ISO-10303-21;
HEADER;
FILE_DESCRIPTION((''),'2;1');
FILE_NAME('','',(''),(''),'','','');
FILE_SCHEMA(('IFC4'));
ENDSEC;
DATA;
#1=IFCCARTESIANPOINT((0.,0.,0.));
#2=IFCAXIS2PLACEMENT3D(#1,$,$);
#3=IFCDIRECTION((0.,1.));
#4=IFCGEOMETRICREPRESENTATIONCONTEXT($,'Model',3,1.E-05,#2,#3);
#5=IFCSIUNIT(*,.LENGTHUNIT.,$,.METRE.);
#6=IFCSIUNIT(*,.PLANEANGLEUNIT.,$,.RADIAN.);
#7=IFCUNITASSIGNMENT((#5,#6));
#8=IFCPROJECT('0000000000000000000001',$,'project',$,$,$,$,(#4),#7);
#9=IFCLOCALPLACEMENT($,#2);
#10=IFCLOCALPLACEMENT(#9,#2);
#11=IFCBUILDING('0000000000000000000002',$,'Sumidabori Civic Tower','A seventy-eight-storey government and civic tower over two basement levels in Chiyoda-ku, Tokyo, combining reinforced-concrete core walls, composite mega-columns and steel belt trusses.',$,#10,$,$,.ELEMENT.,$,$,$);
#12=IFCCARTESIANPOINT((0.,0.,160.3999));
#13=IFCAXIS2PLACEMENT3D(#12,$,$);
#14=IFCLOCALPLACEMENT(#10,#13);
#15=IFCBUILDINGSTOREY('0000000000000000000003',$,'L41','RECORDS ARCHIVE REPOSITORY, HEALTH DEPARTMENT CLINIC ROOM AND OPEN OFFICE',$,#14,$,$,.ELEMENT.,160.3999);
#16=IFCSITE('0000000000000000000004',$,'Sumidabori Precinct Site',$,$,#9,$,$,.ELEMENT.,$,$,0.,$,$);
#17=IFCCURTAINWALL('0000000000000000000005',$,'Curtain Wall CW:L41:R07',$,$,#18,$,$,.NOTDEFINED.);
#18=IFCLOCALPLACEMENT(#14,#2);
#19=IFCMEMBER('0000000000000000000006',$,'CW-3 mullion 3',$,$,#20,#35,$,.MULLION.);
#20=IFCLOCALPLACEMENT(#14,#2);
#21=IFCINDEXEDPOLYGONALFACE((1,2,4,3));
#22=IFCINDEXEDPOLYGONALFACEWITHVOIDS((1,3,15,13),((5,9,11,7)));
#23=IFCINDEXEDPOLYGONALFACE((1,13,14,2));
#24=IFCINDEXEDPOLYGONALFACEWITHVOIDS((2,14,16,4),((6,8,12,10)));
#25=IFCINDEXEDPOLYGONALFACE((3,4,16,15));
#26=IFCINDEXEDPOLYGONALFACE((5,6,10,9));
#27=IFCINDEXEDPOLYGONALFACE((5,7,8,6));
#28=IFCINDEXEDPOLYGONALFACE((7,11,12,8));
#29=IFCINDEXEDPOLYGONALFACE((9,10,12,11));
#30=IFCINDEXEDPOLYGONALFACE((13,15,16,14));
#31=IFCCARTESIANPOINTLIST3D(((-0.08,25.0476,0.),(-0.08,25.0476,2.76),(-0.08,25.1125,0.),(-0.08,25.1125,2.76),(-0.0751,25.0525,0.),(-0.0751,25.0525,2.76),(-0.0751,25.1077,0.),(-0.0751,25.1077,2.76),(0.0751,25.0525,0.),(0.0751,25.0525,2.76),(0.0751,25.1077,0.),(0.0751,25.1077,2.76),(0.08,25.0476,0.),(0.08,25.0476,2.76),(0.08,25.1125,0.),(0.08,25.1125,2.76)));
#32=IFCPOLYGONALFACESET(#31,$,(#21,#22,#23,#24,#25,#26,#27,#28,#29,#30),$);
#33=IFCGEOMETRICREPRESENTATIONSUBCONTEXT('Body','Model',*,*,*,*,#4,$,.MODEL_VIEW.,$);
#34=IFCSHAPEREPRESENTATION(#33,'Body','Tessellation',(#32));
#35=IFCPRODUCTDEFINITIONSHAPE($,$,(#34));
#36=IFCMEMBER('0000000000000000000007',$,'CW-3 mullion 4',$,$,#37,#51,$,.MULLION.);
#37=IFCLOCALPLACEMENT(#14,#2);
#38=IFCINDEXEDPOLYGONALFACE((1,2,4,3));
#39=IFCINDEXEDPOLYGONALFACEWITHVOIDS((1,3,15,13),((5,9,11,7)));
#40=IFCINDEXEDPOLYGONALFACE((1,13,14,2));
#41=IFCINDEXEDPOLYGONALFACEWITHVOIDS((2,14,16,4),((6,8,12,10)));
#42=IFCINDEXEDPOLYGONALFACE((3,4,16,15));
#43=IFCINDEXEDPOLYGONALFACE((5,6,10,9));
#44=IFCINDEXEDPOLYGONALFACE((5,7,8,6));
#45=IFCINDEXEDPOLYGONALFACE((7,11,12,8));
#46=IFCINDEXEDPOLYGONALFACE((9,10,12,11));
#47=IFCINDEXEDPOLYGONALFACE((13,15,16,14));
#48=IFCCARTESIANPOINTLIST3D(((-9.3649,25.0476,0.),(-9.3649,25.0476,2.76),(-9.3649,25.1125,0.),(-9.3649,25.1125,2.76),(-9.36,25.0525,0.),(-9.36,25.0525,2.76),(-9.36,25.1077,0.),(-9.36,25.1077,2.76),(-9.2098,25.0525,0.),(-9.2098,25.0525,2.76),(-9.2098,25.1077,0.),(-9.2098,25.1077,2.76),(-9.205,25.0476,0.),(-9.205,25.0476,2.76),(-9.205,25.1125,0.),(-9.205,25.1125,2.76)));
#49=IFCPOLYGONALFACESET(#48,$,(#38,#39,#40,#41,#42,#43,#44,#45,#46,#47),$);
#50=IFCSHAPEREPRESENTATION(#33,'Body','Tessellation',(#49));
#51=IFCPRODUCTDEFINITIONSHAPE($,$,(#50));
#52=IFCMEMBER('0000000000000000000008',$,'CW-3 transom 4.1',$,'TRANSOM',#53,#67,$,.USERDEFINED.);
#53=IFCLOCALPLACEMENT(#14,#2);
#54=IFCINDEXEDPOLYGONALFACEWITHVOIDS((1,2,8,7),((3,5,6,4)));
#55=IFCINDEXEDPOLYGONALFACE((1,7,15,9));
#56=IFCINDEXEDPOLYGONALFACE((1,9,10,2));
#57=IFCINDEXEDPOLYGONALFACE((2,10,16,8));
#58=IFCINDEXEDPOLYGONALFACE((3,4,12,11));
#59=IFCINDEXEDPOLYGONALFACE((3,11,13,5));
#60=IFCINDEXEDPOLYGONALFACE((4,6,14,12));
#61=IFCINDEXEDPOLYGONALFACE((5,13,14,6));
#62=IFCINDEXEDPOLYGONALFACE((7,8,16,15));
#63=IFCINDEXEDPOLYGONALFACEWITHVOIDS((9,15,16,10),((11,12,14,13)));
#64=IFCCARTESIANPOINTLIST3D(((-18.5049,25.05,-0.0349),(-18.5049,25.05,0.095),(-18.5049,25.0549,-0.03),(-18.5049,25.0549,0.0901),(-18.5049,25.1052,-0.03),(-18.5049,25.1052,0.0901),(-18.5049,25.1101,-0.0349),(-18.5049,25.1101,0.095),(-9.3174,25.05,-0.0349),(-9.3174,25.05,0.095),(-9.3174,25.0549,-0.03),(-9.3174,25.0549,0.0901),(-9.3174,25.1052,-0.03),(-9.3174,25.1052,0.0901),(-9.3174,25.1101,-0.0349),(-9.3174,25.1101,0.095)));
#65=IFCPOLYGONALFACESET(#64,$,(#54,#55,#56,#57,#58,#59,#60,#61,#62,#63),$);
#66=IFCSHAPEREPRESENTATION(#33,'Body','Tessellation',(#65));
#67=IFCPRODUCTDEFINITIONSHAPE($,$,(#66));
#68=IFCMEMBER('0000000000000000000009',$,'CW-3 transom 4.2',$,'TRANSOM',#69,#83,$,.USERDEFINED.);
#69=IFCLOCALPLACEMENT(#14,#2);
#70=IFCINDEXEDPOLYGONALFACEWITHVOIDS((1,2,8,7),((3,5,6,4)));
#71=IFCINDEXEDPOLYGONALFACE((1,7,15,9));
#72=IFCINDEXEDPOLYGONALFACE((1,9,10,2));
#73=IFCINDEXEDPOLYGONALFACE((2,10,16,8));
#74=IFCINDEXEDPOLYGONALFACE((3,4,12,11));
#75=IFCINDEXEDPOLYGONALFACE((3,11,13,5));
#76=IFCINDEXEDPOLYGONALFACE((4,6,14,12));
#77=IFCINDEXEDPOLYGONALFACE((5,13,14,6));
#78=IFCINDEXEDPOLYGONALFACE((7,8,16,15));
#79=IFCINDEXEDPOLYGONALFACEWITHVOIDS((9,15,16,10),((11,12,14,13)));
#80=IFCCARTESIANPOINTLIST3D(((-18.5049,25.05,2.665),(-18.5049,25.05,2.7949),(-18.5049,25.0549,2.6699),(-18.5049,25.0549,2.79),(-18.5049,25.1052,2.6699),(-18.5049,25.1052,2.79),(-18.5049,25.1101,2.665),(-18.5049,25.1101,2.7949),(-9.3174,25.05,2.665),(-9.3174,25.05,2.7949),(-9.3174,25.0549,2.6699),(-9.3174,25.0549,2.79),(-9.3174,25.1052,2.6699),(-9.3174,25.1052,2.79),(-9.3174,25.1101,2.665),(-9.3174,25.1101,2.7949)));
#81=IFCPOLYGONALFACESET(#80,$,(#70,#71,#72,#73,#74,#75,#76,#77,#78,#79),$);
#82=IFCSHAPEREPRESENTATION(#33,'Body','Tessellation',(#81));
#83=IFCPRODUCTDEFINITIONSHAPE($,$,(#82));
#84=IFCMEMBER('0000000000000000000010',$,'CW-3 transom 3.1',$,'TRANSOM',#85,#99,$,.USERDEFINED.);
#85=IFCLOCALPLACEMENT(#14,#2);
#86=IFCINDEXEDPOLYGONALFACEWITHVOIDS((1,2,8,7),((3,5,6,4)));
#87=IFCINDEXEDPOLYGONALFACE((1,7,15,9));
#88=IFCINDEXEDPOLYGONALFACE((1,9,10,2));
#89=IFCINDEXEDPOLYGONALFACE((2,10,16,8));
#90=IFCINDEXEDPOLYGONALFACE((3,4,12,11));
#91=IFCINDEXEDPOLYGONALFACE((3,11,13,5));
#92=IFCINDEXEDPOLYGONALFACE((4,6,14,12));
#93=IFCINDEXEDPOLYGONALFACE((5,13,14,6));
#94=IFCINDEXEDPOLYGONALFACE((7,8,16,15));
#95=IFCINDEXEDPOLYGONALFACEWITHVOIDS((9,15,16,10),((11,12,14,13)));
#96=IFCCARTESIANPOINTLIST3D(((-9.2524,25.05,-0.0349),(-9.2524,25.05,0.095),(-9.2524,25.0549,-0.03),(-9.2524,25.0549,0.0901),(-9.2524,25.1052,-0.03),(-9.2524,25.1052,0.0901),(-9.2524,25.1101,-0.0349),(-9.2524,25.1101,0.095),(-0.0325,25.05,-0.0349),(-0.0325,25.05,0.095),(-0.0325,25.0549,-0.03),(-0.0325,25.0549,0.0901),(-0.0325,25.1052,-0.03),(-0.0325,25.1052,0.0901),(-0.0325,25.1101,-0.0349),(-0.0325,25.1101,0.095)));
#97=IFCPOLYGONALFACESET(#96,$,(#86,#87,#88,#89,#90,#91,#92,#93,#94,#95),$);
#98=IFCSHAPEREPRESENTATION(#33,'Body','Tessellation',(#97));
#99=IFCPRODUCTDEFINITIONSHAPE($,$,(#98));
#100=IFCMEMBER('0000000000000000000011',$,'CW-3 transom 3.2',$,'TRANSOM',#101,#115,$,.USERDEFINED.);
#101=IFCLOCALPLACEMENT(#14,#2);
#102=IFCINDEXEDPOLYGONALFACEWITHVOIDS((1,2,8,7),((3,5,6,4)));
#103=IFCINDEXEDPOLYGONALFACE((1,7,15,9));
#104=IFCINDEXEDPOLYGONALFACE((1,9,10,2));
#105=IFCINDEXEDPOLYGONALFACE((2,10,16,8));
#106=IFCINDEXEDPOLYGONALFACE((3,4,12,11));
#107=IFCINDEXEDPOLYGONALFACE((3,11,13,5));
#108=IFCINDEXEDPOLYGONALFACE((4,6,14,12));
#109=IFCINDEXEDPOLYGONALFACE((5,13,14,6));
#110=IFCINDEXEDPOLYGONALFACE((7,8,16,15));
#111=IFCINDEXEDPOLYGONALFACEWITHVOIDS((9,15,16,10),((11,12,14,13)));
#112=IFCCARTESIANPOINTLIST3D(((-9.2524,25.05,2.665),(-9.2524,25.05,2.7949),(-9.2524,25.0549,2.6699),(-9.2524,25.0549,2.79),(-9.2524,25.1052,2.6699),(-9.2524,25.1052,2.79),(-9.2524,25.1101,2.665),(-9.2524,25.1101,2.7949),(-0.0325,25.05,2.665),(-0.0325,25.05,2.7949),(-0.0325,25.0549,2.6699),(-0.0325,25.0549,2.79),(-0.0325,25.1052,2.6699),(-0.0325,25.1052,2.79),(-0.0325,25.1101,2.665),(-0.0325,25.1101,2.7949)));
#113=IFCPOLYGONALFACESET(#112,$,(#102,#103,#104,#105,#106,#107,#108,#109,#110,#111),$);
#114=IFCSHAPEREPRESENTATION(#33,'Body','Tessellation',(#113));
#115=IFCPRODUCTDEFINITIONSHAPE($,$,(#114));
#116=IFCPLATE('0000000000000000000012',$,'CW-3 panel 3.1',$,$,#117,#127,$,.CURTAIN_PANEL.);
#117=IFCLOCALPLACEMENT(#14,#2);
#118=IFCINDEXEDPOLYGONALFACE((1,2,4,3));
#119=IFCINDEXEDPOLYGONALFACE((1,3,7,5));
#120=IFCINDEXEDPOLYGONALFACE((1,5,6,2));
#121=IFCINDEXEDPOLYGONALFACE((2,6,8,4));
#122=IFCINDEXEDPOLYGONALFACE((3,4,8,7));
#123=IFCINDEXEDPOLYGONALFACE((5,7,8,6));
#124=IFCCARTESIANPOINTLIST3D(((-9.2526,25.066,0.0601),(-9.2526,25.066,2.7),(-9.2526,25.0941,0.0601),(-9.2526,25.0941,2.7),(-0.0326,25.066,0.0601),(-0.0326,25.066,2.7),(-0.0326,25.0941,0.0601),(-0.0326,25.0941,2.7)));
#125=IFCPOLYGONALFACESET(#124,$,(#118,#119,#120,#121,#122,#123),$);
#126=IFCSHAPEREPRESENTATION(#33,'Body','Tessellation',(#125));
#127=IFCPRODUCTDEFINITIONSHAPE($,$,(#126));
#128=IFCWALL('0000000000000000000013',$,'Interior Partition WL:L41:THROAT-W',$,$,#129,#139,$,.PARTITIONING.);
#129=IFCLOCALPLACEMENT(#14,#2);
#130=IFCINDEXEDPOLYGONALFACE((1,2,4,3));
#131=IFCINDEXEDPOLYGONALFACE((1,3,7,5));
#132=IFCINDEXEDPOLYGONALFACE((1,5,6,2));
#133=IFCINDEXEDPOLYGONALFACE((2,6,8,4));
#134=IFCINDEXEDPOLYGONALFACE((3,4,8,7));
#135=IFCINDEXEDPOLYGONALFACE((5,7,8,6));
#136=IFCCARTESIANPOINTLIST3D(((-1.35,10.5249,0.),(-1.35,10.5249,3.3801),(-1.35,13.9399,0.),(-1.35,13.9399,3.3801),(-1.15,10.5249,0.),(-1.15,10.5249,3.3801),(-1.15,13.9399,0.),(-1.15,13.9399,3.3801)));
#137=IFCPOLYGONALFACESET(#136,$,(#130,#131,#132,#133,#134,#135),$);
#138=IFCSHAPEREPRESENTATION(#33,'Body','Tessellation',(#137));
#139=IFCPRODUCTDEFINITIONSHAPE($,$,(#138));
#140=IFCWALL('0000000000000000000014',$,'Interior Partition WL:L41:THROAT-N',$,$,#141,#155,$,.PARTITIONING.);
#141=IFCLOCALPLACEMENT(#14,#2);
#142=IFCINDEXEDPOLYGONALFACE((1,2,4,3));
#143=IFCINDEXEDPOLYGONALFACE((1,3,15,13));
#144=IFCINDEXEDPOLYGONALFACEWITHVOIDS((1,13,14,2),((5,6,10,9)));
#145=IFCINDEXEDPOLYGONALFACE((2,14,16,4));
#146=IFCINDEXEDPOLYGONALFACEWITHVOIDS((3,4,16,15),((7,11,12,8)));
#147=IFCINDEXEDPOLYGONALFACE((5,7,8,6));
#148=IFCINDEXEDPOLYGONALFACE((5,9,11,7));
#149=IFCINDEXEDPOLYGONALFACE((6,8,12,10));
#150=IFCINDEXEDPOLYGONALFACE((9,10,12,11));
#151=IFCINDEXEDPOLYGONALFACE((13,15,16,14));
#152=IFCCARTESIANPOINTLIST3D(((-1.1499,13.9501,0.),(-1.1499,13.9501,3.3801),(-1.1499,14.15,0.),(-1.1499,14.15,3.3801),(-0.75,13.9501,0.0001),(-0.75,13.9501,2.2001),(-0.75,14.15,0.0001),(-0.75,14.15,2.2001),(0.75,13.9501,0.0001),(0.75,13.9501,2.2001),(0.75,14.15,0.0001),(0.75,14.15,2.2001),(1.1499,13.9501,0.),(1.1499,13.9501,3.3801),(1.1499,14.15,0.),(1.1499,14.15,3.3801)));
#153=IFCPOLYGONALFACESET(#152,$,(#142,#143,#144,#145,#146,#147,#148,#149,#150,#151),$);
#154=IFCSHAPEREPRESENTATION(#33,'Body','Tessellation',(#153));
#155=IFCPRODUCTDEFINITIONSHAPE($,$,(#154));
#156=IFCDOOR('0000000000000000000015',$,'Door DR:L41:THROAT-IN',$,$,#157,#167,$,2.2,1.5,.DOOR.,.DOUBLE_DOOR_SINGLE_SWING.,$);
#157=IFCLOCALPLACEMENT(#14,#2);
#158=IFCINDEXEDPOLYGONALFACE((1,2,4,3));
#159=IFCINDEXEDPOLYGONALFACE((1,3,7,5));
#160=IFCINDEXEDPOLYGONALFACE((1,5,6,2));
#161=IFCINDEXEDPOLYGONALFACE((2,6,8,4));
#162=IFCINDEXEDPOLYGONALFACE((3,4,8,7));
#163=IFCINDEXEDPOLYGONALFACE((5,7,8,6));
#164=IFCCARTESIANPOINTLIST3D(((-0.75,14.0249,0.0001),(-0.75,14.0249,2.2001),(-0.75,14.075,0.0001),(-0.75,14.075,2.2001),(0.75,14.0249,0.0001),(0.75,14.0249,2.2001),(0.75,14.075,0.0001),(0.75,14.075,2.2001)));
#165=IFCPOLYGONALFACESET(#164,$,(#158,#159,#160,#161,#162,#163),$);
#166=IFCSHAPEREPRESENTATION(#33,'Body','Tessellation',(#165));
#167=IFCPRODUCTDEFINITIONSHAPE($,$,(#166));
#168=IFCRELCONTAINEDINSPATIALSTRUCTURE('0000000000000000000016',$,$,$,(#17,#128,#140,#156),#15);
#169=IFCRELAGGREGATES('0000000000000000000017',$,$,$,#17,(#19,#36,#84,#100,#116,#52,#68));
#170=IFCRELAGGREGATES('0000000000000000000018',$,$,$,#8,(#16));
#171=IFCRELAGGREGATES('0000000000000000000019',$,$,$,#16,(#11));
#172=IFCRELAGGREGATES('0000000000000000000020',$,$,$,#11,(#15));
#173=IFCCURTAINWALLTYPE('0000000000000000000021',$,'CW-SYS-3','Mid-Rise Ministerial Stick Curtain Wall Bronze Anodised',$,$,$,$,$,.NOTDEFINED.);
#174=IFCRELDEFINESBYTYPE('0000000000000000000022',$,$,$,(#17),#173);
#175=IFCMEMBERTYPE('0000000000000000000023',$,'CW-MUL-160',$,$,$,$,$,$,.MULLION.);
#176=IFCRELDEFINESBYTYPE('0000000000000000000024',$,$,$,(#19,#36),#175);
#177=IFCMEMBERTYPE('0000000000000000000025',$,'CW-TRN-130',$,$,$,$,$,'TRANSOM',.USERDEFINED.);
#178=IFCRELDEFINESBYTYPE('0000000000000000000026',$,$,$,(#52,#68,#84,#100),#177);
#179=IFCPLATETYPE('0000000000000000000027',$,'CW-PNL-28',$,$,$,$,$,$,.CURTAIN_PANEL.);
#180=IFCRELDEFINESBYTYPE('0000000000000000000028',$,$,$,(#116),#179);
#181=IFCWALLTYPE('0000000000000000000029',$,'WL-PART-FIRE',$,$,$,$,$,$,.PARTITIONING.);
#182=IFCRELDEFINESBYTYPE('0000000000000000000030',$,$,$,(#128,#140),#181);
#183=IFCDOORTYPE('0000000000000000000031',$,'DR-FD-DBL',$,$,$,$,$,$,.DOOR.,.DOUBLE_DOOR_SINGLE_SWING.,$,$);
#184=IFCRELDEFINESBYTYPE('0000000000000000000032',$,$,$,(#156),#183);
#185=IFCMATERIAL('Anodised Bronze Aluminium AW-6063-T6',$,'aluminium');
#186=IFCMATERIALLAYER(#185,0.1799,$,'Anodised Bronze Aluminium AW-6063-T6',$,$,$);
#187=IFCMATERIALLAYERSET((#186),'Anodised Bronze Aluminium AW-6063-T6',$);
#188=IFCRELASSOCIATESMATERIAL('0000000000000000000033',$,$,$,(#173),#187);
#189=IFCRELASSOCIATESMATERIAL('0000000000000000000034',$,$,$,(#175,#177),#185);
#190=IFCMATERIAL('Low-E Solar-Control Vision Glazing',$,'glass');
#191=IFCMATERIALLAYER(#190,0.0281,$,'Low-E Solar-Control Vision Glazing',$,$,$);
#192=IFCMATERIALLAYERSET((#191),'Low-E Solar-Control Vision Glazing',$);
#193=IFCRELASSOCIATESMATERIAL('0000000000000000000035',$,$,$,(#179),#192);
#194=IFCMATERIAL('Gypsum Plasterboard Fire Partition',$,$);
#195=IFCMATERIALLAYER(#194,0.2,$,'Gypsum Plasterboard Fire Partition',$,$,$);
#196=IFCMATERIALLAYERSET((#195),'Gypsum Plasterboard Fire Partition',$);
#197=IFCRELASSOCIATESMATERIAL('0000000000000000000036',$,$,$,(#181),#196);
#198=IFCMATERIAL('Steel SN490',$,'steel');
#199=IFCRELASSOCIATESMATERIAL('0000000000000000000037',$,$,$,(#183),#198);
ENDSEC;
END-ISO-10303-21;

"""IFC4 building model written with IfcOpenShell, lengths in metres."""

from ifc_helpers import new_model, si_unit, direction, frame, frame_2d, origin, origin_2d, place, context, subcontext, project, spatial, rectangle, hollow_rectangle, extrude, source, transform, mapped, material, layer, layer_set, material_profile, profile_set, type_object, element, fill, aggregate, save


model = new_model("IFC4")

# Units and contexts
model_context = context("Model", 3, precision=1e-05, world=origin(), true_north=direction((0.0, 1.0)))
body_context = subcontext(model_context, "Body", "Model", "MODEL_VIEW")
ifc_project = project(units=[si_unit("LENGTHUNIT", "METRE"), si_unit("PLANEANGLEUNIT", "RADIAN")], contexts=[model_context])

# Site, building, storey
site_placement = place(None, origin())
site = spatial("IfcSite", under=ifc_project, at=site_placement, Name="Sumidabori Precinct Site", CompositionType="ELEMENT", RefElevation=0.0)
building_placement = place(site_placement, origin())
building = spatial("IfcBuilding", under=site, at=building_placement, Name="Sumidabori Civic Tower", Description="A seventy-eight-storey government and civic tower over two basement levels in Chiyoda-ku, Tokyo, combining reinforced-concrete core walls, composite mega-columns and steel belt trusses.", CompositionType="ELEMENT")
storey_placement = place(building_placement, frame((0.0, 0.0, 160.3999)))
storey = spatial("IfcBuildingStorey", under=building, at=storey_placement, Name="L41", Description="RECORDS ARCHIVE REPOSITORY, HEALTH DEPARTMENT CLINIC ROOM AND OPEN OFFICE", CompositionType="ELEMENT", Elevation=160.3999)

# Curtain wall, members, plate
ifc_material_1 = material(Name="Anodised Bronze Aluminium AW-6063-T6", Category="aluminium")
ifc_layer_1 = layer(ifc_material_1, 0.1799, Name="Anodised Bronze Aluminium AW-6063-T6")
ifc_layer_set_1 = layer_set([ifc_layer_1], Name="Anodised Bronze Aluminium AW-6063-T6")
curtain_wall_type = type_object("IfcCurtainWallType", Name="CW-SYS-3", Description="Mid-Rise Ministerial Stick Curtain Wall Bronze Anodised", PredefinedType="NOTDEFINED", material=ifc_layer_set_1)
curtain_wall_placement = place(storey_placement, origin())
curtain_wall = element("IfcCurtainWall", 1, at=curtain_wall_placement, inside=storey, type_object=curtain_wall_type, Name="Curtain Wall CW:L41:R07", PredefinedType="NOTDEFINED")
ifc_material_profile_1 = material_profile(ifc_material_1, hollow_rectangle(XDim=0.0649, YDim=0.1599, WallThickness=0.0049, at=origin_2d()), Name="ALU MULLION 160x65")
ifc_profile_set_1 = profile_set([ifc_material_profile_1], Name="Anodised Bronze Aluminium AW-6063-T6")
member_type_1 = type_object("IfcMemberType", Name="CW-MUL-160", PredefinedType="MULLION", material=ifc_profile_set_1)
shared_shape_1 = source(origin(), body_context, "Body", "SweptSolid", [
    extrude(hollow_rectangle(XDim=0.0649, YDim=0.1599, WallThickness=0.0049, at=origin_2d()), origin(), (0.0, 0.0, 1.0), 2.76),
])
member_1_placement = place(storey_placement, frame((0.0, 25.0801, 0.0), z_axis=(0.0, 0.0, 1.0), x_axis=(0.0, -1.0, 0.0)))
member_1 = element("IfcMember", 2, at=member_1_placement, type_object=member_type_1, Name="CW-3 mullion 3", PredefinedType="MULLION", context=body_context, shape_type="MappedRepresentation", body=[
    mapped(shared_shape_1, transform((0.0, 0.0, 0.0), x_axis=(1.0, 0.0, 0.0), y_axis=(0.0, 1.0, 0.0), z_axis=(0.0, 0.0, 1.0), scale=1.0)),
])
member_2_placement = place(storey_placement, frame((-9.2849, 25.0801, 0.0), z_axis=(0.0, 0.0, 1.0), x_axis=(0.0, -1.0, 0.0)))
member_2 = element("IfcMember", 3, at=member_2_placement, type_object=member_type_1, Name="CW-3 mullion 4", PredefinedType="MULLION", context=body_context, shape_type="MappedRepresentation", body=[
    mapped(shared_shape_1, transform((0.0, 0.0, 0.0), x_axis=(1.0, 0.0, 0.0), y_axis=(0.0, 1.0, 0.0), z_axis=(0.0, 0.0, 1.0), scale=1.0)),
])
ifc_material_profile_2 = material_profile(ifc_material_1, hollow_rectangle(XDim=0.0601, YDim=0.1299, WallThickness=0.0049, at=origin_2d()), Name="ALU TRANSOM 130x60")
ifc_profile_set_2 = profile_set([ifc_material_profile_2], Name="Anodised Bronze Aluminium AW-6063-T6")
member_type_2 = type_object("IfcMemberType", Name="CW-TRN-130", ElementType="TRANSOM", PredefinedType="USERDEFINED", material=ifc_profile_set_2)
shared_shape_2 = source(origin(), body_context, "Body", "SweptSolid", [
    extrude(hollow_rectangle(XDim=0.0601, YDim=0.1299, WallThickness=0.0049, at=origin_2d()), origin(), (0.0, 0.0, 1.0), 9.1875),
])
member_3_placement = place(storey_placement, frame((-9.3174, 25.0801, 0.03), z_axis=(-1.0, 0.0, 0.0), x_axis=(0.0, -1.0, 0.0)))
member_3 = element("IfcMember", 4, at=member_3_placement, type_object=member_type_2, Name="CW-3 transom 4.1", ObjectType="TRANSOM", PredefinedType="USERDEFINED", context=body_context, shape_type="MappedRepresentation", body=[
    mapped(shared_shape_2, transform((0.0, 0.0, 0.0), x_axis=(1.0, 0.0, 0.0), y_axis=(0.0, 1.0, 0.0), z_axis=(0.0, 0.0, 1.0), scale=1.0)),
])
member_4_placement = place(storey_placement, frame((-9.3174, 25.0801, 2.73), z_axis=(-1.0, 0.0, 0.0), x_axis=(0.0, -1.0, 0.0)))
member_4 = element("IfcMember", 5, at=member_4_placement, type_object=member_type_2, Name="CW-3 transom 4.2", ObjectType="TRANSOM", PredefinedType="USERDEFINED", context=body_context, shape_type="MappedRepresentation", body=[
    mapped(shared_shape_2, transform((0.0, 0.0, 0.0), x_axis=(1.0, 0.0, 0.0), y_axis=(0.0, 1.0, 0.0), z_axis=(0.0, 0.0, 1.0), scale=1.0)),
])
shared_shape_3 = source(origin(), body_context, "Body", "SweptSolid", [
    extrude(hollow_rectangle(XDim=0.0601, YDim=0.1299, WallThickness=0.0049, at=origin_2d()), origin(), (0.0, 0.0, 1.0), 9.22),
])
member_5_placement = place(storey_placement, frame((-0.0325, 25.0801, 0.03), z_axis=(-1.0, 0.0, 0.0), x_axis=(0.0, -1.0, 0.0)))
member_5 = element("IfcMember", 6, at=member_5_placement, type_object=member_type_2, Name="CW-3 transom 3.1", ObjectType="TRANSOM", PredefinedType="USERDEFINED", context=body_context, shape_type="MappedRepresentation", body=[
    mapped(shared_shape_3, transform((0.0, 0.0, 0.0), x_axis=(1.0, 0.0, 0.0), y_axis=(0.0, 1.0, 0.0), z_axis=(0.0, 0.0, 1.0), scale=1.0)),
])
member_6_placement = place(storey_placement, frame((-0.0325, 25.0801, 2.73), z_axis=(-1.0, 0.0, 0.0), x_axis=(0.0, -1.0, 0.0)))
member_6 = element("IfcMember", 7, at=member_6_placement, type_object=member_type_2, Name="CW-3 transom 3.2", ObjectType="TRANSOM", PredefinedType="USERDEFINED", context=body_context, shape_type="MappedRepresentation", body=[
    mapped(shared_shape_3, transform((0.0, 0.0, 0.0), x_axis=(1.0, 0.0, 0.0), y_axis=(0.0, 1.0, 0.0), z_axis=(0.0, 0.0, 1.0), scale=1.0)),
])
ifc_material_2 = material(Name="Low-E Solar-Control Vision Glazing", Category="glass")
ifc_layer_2 = layer(ifc_material_2, 0.0281, Name="Low-E Solar-Control Vision Glazing")
ifc_layer_set_2 = layer_set([ifc_layer_2], Name="Low-E Solar-Control Vision Glazing")
plate_type = type_object("IfcPlateType", Name="CW-PNL-28", PredefinedType="CURTAIN_PANEL", material=ifc_layer_set_2)
shared_shape_4 = source(origin(), body_context, "Body", "SweptSolid", [
    extrude(rectangle(XDim=9.22, YDim=0.0281, at=origin_2d()), origin(), (0.0, 0.0, 1.0), 2.6399),
])
plate_placement = place(storey_placement, frame((-4.6426, 25.0801, 0.0601), z_axis=(0.0, 0.0, 1.0), x_axis=(-1.0, 0.0, 0.0)))
plate = element("IfcPlate", 8, at=plate_placement, type_object=plate_type, Name="CW-3 panel 3.1", PredefinedType="CURTAIN_PANEL", context=body_context, shape_type="MappedRepresentation", body=[
    mapped(shared_shape_4, transform((0.0, 0.0, 0.0), x_axis=(1.0, 0.0, 0.0), y_axis=(0.0, 1.0, 0.0), z_axis=(0.0, 0.0, 1.0), scale=1.0)),
])
aggregate(curtain_wall, [member_1, member_2, member_5, member_6, plate, member_3, member_4])

# Shared definitions
ifc_material_3 = material(Name="Gypsum Plasterboard Fire Partition")
ifc_layer_3 = layer(ifc_material_3, 0.2, Name="Gypsum Plasterboard Fire Partition")
ifc_layer_set_3 = layer_set([ifc_layer_3], Name="Gypsum Plasterboard Fire Partition")
wall_type_1 = type_object("IfcWallType", Name="WL-PART-FIRE", PredefinedType="PARTITIONING", material=ifc_layer_set_3)

# Wall
shared_shape_5 = source(origin(), body_context, "Body", "SweptSolid", [
    extrude(rectangle(XDim=3.415, YDim=0.2, at=frame_2d((1.7075, 0.0))), origin(), (0.0, 0.0, 1.0), 3.3801),
])
wall_1_placement = place(storey_placement, frame((-1.25, 10.5249, 0.0), z_axis=(0.0, 0.0, 1.0), x_axis=(0.0, 1.0, 0.0)))
element("IfcWall", 9, at=wall_1_placement, inside=storey, type_object=wall_type_1, Name="Interior Partition WL:L41:THROAT-W", PredefinedType="PARTITIONING", context=body_context, shape_type="MappedRepresentation", body=[
    mapped(shared_shape_5, transform((0.0, 0.0, 0.0), x_axis=(1.0, 0.0, 0.0), y_axis=(0.0, 1.0, 0.0), z_axis=(0.0, 0.0, 1.0), scale=1.0)),
])

# Wall, opening, door
shared_shape_6 = source(origin(), body_context, "Body", "SweptSolid", [
    extrude(rectangle(XDim=2.2998, YDim=0.2, at=frame_2d((1.1499, 0.0))), origin(), (0.0, 0.0, 1.0), 3.3801),
])
wall_2_placement = place(storey_placement, frame((-1.1499, 14.05, 0.0), z_axis=(0.0, 0.0, 1.0), x_axis=(1.0, 0.0, 0.0)))
wall_2 = element("IfcWall", 10, at=wall_2_placement, inside=storey, type_object=wall_type_1, Name="Interior Partition WL:L41:THROAT-N", PredefinedType="PARTITIONING", context=body_context, shape_type="MappedRepresentation", body=[
    mapped(shared_shape_6, transform((0.0, 0.0, 0.0), x_axis=(1.0, 0.0, 0.0), y_axis=(0.0, 1.0, 0.0), z_axis=(0.0, 0.0, 1.0), scale=1.0)),
])
opening_1_placement = place(wall_2_placement, frame((0.3999, 0.0, 0.0)))
opening_1 = element("IfcOpeningElement", 11, at=opening_1_placement, cuts=wall_2, PredefinedType="OPENING", context=body_context, shape_type="SweptSolid", body=[
    extrude(rectangle(XDim=1.5, YDim=2.2, at=frame_2d((0.75, 1.1001))), frame((0.0, 0.1118, 0.0), z_axis=(0.0, -1.0, 0.0), x_axis=(1.0, 0.0, 0.0)), (0.0, 0.0, 1.0), 0.2239),
])
ifc_material_4 = material(Name="Steel SN490", Category="steel")
door_type_1 = type_object("IfcDoorType", Name="DR-FD-DBL", OperationType="DOUBLE_DOOR_SINGLE_SWING", PredefinedType="DOOR", material=ifc_material_4)
shared_shape_7 = source(origin(), body_context, "Body", "SweptSolid", [
    extrude(rectangle(XDim=1.5, YDim=2.2, at=frame_2d((0.75, 1.1001))), frame((0.0, 0.0249, 0.0), z_axis=(0.0, -1.0, 0.0), x_axis=(1.0, 0.0, 0.0)), (0.0, 0.0, 1.0), 0.05),
])
door_1_placement = place(opening_1_placement, origin())
door_1 = element("IfcDoor", 12, at=door_1_placement, inside=storey, type_object=door_type_1, Name="Door DR:L41:THROAT-IN", OperationType="DOUBLE_DOOR_SINGLE_SWING", OverallHeight=2.2, OverallWidth=1.5, PredefinedType="DOOR", context=body_context, shape_type="MappedRepresentation", body=[
    mapped(shared_shape_7, transform((0.0, 0.0, 0.0), x_axis=(1.0, 0.0, 0.0), y_axis=(0.0, 1.0, 0.0), z_axis=(0.0, 0.0, 1.0), scale=1.0)),
])
fill(opening_1, door_1)

save(model, "model.ifc")
